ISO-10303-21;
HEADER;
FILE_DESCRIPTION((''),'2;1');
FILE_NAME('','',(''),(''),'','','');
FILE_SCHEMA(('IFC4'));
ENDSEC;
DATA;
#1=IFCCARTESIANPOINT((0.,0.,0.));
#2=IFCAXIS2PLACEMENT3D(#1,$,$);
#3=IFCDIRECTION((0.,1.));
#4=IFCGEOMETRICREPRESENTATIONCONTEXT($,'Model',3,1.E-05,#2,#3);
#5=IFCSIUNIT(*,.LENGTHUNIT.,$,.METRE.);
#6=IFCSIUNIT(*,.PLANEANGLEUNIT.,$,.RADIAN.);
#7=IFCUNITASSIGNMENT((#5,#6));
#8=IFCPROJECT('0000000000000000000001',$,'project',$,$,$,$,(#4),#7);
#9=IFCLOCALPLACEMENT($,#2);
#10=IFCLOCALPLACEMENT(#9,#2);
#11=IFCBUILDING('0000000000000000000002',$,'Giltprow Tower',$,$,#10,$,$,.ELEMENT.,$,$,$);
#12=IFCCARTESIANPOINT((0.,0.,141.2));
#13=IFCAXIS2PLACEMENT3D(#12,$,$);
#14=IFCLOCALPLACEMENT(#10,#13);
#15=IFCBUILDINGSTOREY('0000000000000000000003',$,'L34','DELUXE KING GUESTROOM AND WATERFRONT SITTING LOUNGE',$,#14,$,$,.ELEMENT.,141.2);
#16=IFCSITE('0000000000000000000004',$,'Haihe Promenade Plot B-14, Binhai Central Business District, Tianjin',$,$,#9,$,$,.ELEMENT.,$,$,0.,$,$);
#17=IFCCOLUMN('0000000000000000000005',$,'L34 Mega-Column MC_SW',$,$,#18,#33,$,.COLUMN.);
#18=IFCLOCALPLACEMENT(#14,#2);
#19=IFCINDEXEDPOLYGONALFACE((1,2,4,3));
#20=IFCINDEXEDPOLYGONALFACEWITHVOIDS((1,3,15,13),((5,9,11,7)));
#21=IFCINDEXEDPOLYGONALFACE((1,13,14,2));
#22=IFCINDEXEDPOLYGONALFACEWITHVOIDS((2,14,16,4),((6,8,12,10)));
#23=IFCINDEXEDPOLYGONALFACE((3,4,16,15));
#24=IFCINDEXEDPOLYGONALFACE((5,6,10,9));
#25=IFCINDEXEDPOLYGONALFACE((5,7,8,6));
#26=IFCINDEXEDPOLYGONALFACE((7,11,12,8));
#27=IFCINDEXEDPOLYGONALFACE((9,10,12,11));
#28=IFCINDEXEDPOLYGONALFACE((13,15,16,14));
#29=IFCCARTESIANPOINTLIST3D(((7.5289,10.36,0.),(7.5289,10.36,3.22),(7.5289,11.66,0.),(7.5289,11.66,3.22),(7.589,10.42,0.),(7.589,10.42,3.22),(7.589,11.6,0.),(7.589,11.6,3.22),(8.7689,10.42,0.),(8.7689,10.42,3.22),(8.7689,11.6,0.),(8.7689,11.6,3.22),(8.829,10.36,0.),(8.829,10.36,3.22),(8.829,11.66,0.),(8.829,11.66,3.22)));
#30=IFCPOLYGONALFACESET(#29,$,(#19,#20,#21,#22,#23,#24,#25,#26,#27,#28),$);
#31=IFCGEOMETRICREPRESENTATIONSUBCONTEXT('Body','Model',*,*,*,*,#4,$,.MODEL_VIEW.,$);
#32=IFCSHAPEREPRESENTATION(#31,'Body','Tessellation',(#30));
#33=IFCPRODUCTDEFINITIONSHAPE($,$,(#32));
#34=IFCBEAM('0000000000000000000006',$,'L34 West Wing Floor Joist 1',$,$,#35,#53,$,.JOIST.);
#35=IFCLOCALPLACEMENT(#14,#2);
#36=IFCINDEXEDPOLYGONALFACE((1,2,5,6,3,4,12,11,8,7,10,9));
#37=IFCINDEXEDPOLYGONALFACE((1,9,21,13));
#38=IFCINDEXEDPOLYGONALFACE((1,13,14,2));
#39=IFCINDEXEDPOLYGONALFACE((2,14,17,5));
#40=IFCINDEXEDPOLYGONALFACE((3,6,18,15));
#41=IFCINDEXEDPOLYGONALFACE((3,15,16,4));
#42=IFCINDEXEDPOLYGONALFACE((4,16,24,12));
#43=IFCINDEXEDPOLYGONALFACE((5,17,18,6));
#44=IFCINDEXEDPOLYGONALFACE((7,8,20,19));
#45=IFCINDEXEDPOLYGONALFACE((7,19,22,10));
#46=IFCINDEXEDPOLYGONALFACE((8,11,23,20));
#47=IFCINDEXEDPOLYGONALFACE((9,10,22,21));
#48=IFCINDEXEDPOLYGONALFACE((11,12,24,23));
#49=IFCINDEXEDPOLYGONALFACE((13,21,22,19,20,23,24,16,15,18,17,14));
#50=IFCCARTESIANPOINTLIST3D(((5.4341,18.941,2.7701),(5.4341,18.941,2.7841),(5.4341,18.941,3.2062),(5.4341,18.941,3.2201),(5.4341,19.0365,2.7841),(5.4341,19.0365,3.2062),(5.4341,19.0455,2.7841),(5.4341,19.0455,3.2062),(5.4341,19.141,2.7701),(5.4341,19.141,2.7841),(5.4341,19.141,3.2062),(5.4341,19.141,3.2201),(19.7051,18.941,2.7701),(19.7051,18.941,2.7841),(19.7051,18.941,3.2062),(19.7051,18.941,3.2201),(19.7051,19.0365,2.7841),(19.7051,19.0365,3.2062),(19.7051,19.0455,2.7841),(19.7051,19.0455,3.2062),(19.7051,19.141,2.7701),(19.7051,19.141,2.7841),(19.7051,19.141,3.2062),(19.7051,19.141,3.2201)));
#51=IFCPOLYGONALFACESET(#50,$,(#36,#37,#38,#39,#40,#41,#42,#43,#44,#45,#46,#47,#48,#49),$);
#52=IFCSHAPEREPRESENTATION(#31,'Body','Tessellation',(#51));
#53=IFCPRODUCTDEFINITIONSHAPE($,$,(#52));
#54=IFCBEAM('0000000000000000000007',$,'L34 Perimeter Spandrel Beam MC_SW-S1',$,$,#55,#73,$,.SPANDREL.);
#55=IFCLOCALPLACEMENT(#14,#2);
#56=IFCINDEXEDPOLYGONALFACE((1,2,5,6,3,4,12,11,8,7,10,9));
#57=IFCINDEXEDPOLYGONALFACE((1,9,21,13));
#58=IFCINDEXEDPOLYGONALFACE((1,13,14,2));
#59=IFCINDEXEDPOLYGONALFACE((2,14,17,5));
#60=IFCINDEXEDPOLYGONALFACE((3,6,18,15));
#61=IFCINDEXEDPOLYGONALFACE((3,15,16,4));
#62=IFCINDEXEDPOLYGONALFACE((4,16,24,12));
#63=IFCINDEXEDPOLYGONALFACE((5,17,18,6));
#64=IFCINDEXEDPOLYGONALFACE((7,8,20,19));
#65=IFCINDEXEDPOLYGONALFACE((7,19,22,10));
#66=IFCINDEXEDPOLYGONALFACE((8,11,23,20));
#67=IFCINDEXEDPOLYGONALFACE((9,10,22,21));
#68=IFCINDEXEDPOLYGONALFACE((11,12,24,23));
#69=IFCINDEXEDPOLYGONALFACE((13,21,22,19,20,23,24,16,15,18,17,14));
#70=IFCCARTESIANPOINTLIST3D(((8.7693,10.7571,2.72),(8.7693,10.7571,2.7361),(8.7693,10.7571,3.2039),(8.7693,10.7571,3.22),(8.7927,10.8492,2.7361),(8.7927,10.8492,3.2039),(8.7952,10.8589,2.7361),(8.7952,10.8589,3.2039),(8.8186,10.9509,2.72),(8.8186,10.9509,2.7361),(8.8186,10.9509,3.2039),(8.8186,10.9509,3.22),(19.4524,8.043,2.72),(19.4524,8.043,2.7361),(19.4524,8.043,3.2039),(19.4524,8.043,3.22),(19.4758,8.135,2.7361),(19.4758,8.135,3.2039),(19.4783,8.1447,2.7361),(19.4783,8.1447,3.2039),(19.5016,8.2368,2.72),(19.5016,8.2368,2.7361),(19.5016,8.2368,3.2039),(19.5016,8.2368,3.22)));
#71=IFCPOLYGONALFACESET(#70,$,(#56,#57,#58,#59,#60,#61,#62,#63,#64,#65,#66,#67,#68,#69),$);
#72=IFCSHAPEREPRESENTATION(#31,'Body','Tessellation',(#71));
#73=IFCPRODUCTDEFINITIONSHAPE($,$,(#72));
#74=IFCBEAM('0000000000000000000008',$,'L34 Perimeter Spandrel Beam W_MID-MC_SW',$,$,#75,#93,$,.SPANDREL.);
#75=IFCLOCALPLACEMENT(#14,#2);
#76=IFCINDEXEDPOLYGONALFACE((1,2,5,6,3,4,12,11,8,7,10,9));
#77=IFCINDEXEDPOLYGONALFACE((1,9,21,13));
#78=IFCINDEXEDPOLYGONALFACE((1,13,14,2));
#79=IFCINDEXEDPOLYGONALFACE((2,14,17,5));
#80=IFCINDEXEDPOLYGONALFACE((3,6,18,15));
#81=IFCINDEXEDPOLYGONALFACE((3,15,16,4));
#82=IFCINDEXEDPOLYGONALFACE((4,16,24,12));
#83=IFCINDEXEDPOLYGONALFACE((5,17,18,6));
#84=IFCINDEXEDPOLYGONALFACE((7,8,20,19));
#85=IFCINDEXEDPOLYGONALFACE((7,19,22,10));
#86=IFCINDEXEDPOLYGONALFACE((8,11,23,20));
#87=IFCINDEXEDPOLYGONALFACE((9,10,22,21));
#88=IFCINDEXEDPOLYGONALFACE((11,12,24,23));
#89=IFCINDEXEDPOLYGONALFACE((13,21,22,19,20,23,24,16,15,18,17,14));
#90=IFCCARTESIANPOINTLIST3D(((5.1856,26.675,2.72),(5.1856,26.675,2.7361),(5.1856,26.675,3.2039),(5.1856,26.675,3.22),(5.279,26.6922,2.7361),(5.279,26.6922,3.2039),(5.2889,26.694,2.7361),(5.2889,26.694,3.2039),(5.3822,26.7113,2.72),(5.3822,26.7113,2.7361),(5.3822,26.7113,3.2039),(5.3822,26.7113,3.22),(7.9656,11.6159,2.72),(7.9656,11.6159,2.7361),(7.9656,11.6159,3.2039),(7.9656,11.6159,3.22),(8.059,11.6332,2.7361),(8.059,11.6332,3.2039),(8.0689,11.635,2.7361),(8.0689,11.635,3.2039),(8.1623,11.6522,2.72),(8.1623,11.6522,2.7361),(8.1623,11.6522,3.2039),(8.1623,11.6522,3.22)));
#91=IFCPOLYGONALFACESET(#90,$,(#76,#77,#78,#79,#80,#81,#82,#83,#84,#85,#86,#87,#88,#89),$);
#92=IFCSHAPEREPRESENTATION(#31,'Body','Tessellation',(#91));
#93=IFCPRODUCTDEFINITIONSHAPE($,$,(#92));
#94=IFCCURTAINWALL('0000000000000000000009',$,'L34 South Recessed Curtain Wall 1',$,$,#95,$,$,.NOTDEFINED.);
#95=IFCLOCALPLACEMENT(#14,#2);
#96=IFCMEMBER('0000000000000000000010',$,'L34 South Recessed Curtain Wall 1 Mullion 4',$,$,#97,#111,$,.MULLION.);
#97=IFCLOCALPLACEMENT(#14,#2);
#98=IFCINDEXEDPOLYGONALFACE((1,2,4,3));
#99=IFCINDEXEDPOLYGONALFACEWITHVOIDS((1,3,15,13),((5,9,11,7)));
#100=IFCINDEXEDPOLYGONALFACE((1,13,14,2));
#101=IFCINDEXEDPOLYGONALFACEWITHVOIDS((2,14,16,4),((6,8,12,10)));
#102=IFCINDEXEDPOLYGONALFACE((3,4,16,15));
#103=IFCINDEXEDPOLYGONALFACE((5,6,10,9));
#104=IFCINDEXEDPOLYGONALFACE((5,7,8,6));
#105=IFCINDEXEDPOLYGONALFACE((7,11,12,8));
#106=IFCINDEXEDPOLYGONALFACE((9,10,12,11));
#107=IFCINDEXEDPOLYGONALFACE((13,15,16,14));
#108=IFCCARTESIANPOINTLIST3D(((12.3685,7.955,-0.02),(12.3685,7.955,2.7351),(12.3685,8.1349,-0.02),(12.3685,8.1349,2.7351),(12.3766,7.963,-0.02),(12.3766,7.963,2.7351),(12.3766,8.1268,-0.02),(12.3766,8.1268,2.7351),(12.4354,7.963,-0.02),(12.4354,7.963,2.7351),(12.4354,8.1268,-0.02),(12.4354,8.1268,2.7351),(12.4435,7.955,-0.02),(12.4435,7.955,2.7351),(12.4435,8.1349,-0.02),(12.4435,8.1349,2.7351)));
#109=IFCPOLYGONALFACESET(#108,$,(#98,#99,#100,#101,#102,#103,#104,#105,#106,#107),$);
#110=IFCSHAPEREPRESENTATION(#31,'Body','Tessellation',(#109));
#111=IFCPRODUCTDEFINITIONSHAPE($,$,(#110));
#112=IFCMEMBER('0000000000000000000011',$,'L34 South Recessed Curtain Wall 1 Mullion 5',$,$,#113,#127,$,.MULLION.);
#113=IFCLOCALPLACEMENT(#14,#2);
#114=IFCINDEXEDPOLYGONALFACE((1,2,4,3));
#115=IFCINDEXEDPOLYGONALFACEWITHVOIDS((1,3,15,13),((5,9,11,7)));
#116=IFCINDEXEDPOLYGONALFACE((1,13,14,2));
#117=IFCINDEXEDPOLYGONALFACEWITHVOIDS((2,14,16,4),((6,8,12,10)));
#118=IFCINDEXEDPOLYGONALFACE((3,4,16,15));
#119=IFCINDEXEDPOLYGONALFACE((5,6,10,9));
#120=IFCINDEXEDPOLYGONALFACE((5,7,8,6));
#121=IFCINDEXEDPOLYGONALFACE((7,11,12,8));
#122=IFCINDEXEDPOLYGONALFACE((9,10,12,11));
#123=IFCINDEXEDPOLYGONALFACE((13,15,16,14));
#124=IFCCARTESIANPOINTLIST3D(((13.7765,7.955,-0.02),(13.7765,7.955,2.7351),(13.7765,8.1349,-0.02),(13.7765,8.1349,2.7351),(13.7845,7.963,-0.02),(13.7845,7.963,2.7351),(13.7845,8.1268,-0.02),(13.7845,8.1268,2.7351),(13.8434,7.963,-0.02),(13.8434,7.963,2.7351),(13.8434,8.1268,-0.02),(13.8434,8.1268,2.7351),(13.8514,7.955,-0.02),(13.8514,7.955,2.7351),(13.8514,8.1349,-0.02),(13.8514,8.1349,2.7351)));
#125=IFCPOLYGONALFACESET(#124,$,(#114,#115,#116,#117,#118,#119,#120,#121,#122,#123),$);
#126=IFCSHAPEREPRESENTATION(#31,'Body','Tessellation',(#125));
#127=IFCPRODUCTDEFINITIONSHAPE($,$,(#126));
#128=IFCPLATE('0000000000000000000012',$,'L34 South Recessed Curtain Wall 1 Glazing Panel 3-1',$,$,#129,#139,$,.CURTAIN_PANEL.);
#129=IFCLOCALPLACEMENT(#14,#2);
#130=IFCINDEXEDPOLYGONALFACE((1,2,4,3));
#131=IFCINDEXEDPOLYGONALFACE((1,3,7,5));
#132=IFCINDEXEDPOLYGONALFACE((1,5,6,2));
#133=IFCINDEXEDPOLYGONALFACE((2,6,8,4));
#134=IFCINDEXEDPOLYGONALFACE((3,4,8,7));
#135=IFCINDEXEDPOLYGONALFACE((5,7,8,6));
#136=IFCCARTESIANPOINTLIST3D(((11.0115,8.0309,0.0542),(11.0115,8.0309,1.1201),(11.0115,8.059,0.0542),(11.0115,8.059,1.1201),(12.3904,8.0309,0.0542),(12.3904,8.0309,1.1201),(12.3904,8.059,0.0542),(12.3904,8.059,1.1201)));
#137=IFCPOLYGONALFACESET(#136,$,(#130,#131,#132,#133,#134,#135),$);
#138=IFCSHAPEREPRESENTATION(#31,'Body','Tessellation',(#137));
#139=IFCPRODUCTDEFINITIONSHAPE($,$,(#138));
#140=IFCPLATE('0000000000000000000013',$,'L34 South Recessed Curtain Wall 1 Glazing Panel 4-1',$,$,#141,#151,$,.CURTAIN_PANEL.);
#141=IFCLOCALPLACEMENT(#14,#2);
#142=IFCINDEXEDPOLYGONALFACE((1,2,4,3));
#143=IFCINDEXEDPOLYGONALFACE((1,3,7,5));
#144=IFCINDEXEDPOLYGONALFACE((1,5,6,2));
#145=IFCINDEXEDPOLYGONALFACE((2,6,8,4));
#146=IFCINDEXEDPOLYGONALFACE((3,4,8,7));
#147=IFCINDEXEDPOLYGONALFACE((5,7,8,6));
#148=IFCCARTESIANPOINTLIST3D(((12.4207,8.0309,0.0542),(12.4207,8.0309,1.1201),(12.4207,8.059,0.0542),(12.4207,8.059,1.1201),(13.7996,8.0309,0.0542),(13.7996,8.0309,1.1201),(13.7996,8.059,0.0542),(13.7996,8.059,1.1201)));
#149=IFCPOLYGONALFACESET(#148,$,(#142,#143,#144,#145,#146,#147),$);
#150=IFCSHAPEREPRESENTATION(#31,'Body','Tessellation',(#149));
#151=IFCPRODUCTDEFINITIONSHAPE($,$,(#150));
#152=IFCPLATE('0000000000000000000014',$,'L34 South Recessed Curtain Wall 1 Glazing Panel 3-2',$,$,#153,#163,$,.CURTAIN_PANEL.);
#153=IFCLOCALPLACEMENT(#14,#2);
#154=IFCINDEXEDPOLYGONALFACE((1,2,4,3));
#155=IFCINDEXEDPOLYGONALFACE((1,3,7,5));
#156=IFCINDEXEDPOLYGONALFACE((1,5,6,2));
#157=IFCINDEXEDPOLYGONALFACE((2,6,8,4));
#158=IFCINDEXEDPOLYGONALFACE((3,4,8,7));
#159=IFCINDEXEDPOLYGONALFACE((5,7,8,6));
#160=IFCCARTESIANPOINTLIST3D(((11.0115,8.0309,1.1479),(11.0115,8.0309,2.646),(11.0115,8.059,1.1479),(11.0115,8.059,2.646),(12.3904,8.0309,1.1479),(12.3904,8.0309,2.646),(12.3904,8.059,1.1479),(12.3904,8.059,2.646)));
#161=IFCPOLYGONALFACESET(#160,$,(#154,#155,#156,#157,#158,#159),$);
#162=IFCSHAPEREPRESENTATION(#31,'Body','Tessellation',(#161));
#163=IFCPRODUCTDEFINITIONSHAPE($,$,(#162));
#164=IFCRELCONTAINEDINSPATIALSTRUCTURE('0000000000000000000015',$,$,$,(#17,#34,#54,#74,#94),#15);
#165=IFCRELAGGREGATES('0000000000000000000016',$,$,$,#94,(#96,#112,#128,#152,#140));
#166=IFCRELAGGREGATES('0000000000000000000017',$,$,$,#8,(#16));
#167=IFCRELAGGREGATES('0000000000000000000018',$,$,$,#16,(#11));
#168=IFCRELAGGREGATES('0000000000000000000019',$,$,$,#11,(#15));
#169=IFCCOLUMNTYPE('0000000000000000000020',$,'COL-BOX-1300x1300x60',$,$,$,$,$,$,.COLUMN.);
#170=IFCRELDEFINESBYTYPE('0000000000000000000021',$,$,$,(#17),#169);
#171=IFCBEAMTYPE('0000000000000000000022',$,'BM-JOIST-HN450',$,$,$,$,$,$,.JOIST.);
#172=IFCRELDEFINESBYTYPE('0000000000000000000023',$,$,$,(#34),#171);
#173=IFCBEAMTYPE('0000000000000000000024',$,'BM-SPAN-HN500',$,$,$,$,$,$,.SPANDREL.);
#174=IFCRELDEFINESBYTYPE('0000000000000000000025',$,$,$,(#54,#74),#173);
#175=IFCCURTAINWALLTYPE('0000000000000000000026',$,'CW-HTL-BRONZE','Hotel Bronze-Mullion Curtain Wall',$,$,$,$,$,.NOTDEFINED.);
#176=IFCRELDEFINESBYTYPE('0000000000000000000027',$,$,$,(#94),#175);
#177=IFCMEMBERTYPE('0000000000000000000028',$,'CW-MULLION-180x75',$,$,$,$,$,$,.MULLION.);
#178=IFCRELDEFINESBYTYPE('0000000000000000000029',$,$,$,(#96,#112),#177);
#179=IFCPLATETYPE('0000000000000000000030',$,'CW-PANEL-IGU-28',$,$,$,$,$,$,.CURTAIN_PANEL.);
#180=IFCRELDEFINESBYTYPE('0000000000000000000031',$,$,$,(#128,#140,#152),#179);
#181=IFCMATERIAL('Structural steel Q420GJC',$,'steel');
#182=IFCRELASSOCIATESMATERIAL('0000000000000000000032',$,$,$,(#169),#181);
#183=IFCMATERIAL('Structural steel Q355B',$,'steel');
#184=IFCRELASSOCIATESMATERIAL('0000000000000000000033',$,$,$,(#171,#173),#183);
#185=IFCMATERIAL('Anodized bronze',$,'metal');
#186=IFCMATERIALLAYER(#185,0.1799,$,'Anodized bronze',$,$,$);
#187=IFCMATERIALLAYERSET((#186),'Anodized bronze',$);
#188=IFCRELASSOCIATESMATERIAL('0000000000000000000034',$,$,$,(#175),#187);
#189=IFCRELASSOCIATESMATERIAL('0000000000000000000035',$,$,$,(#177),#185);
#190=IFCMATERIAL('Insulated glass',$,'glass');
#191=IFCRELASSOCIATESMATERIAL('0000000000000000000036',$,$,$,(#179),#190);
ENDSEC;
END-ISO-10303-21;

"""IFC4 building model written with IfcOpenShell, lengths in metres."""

from ifc_helpers import new_model, si_unit, direction, frame, origin, origin_2d, place, context, subcontext, project, spatial, rectangle, hollow_rectangle, i_section, extrude, source, transform, mapped, material, layer, layer_set, material_profile, profile_set, type_object, element, aggregate, save


model = new_model("IFC4")

# Units and contexts
model_context = context("Model", 3, precision=1e-05, world=origin(), true_north=direction((0.0, 1.0)))
body_context = subcontext(model_context, "Body", "Model", "MODEL_VIEW")
ifc_project = project(units=[si_unit("LENGTHUNIT", "METRE"), si_unit("PLANEANGLEUNIT", "RADIAN")], contexts=[model_context])

# Site, building, storey
site_placement = place(None, origin())
site = spatial("IfcSite", under=ifc_project, at=site_placement, Name="Haihe Promenade Plot B-14, Binhai Central Business District, Tianjin", CompositionType="ELEMENT", RefElevation=0.0)
building_placement = place(site_placement, origin())
building = spatial("IfcBuilding", under=site, at=building_placement, Name="Giltprow Tower", CompositionType="ELEMENT")
storey_placement = place(building_placement, frame((0.0, 0.0, 141.2)))
storey = spatial("IfcBuildingStorey", under=building, at=storey_placement, Name="L34", Description="DELUXE KING GUESTROOM AND WATERFRONT SITTING LOUNGE", CompositionType="ELEMENT", Elevation=141.2)

# Column
ifc_material_1 = material(Name="Structural steel Q420GJC", Category="steel")
ifc_material_profile_1 = material_profile(ifc_material_1, hollow_rectangle(XDim=1.3, YDim=1.3, WallThickness=0.0601, at=origin_2d()), Name="BOX 1300x1300x60")
ifc_profile_set_1 = profile_set([ifc_material_profile_1], Name="Structural steel Q420GJC")
column_type = type_object("IfcColumnType", Name="COL-BOX-1300x1300x60", PredefinedType="COLUMN", material=ifc_profile_set_1)
shared_shape_1 = source(origin(), body_context, "Body", "SweptSolid", [
    extrude(hollow_rectangle(XDim=1.3, YDim=1.3, WallThickness=0.0601, at=origin_2d()), origin(), (0.0, 0.0, 1.0), 3.22),
])
column_placement = place(storey_placement, frame((8.179, 11.01, 0.0), z_axis=(0.0, 0.0, 1.0), x_axis=(1.0, 0.0, 0.0)))
element("IfcColumn", 1, at=column_placement, inside=storey, type_object=column_type, Name="L34 Mega-Column MC_SW", PredefinedType="COLUMN", context=body_context, shape_type="MappedRepresentation", body=[
    mapped(shared_shape_1, transform((0.0, 0.0, 0.0), x_axis=(1.0, 0.0, 0.0), y_axis=(0.0, 1.0, 0.0), z_axis=(0.0, 0.0, 1.0), scale=1.0)),
])

# Beams
ifc_material_2 = material(Name="Structural steel Q355B", Category="steel")
ifc_material_profile_2 = material_profile(ifc_material_2, i_section(OverallWidth=0.2, OverallDepth=0.45, WebThickness=0.009, FlangeThickness=0.0139, at=origin_2d()), Name="HN 450x200x9x14")
ifc_profile_set_2 = profile_set([ifc_material_profile_2], Name="Structural steel Q355B")
beam_type_1 = type_object("IfcBeamType", Name="BM-JOIST-HN450", PredefinedType="JOIST", material=ifc_profile_set_2)
shared_shape_2 = source(origin(), body_context, "Body", "SweptSolid", [
    extrude(i_section(OverallWidth=0.2, OverallDepth=0.45, WebThickness=0.009, FlangeThickness=0.0139, at=origin_2d()), origin(), (0.0, 0.0, 1.0), 14.271),
])
beam_1_placement = place(storey_placement, frame((5.4341, 19.041, 2.9951), z_axis=(1.0, 0.0, 0.0), x_axis=(0.0, 1.0, 0.0)))
element("IfcBeam", 2, at=beam_1_placement, inside=storey, type_object=beam_type_1, Name="L34 West Wing Floor Joist 1", PredefinedType="JOIST", context=body_context, shape_type="MappedRepresentation", body=[
    mapped(shared_shape_2, transform((0.0, 0.0, 0.0), x_axis=(1.0, 0.0, 0.0), y_axis=(0.0, 1.0, 0.0), z_axis=(0.0, 0.0, 1.0), scale=1.0)),
])
ifc_material_profile_3 = material_profile(ifc_material_2, i_section(OverallWidth=0.2, OverallDepth=0.5, WebThickness=0.01, FlangeThickness=0.0161, at=origin_2d()), Name="HN 500x200x10x16")
ifc_profile_set_3 = profile_set([ifc_material_profile_3], Name="Structural steel Q355B")
beam_type_2 = type_object("IfcBeamType", Name="BM-SPAN-HN500", PredefinedType="SPANDREL", material=ifc_profile_set_3)
shared_shape_3 = source(origin(), body_context, "Body", "SweptSolid", [
    extrude(i_section(OverallWidth=0.2, OverallDepth=0.5, WebThickness=0.01, FlangeThickness=0.0161, at=origin_2d()), origin(), (0.0, 0.0, 1.0), 11.0225),
])
beam_2_placement = place(storey_placement, frame((8.7939, 10.854, 2.97), z_axis=(0.96921, -0.246234, 0.0), x_axis=(0.246234, 0.96921, 0.0)))
element("IfcBeam", 3, at=beam_2_placement, inside=storey, type_object=beam_type_2, Name="L34 Perimeter Spandrel Beam MC_SW-S1", PredefinedType="SPANDREL", context=body_context, shape_type="MappedRepresentation", body=[
    mapped(shared_shape_3, transform((0.0, 0.0, 0.0), x_axis=(1.0, 0.0, 0.0), y_axis=(0.0, 1.0, 0.0), z_axis=(0.0, 0.0, 1.0), scale=1.0)),
])
shared_shape_4 = source(origin(), body_context, "Body", "SweptSolid", [
    extrude(i_section(OverallWidth=0.2, OverallDepth=0.5, WebThickness=0.01, FlangeThickness=0.0161, at=origin_2d()), origin(), (0.0, 0.0, 1.0), 15.3135),
])
beam_3_placement = place(storey_placement, frame((5.2839, 26.6931, 2.97), z_axis=(0.181541, -0.983383, 0.0), x_axis=(0.983383, 0.181541, 0.0)))
element("IfcBeam", 4, at=beam_3_placement, inside=storey, type_object=beam_type_2, Name="L34 Perimeter Spandrel Beam W_MID-MC_SW", PredefinedType="SPANDREL", context=body_context, shape_type="MappedRepresentation", body=[
    mapped(shared_shape_4, transform((0.0, 0.0, 0.0), x_axis=(1.0, 0.0, 0.0), y_axis=(0.0, 1.0, 0.0), z_axis=(0.0, 0.0, 1.0), scale=1.0)),
])

# Curtain wall, members, plates
ifc_material_3 = material(Name="Anodized bronze", Category="metal")
ifc_layer_1 = layer(ifc_material_3, 0.1799, Name="Anodized bronze")
ifc_layer_set_1 = layer_set([ifc_layer_1], Name="Anodized bronze")
curtain_wall_type = type_object("IfcCurtainWallType", Name="CW-HTL-BRONZE", Description="Hotel Bronze-Mullion Curtain Wall", PredefinedType="NOTDEFINED", material=ifc_layer_set_1)
curtain_wall_placement = place(storey_placement, origin())
curtain_wall = element("IfcCurtainWall", 5, at=curtain_wall_placement, inside=storey, type_object=curtain_wall_type, Name="L34 South Recessed Curtain Wall 1", PredefinedType="NOTDEFINED")
ifc_material_profile_4 = material_profile(ifc_material_3, hollow_rectangle(XDim=0.075, YDim=0.1799, WallThickness=0.0081, at=origin_2d()), Name="RHS 180x75x8")
ifc_profile_set_4 = profile_set([ifc_material_profile_4], Name="Anodized bronze")
member_type = type_object("IfcMemberType", Name="CW-MULLION-180x75", PredefinedType="MULLION", material=ifc_profile_set_4)
shared_shape_5 = source(origin(), body_context, "Body", "SweptSolid", [
    extrude(hollow_rectangle(XDim=0.075, YDim=0.1799, WallThickness=0.0081, at=origin_2d()), origin(), (0.0, 0.0, 1.0), 2.7551),
])
member_1_placement = place(storey_placement, frame((12.406, 8.0449, -0.02), z_axis=(0.0, 0.0, 1.0), x_axis=(1.0, 0.0, 0.0)))
member_1 = element("IfcMember", 6, at=member_1_placement, type_object=member_type, Name="L34 South Recessed Curtain Wall 1 Mullion 4", PredefinedType="MULLION", context=body_context, shape_type="MappedRepresentation", body=[
    mapped(shared_shape_5, transform((0.0, 0.0, 0.0), x_axis=(1.0, 0.0, 0.0), y_axis=(0.0, 1.0, 0.0), z_axis=(0.0, 0.0, 1.0), scale=1.0)),
])
member_2_placement = place(storey_placement, frame((13.814, 8.0449, -0.02), z_axis=(0.0, 0.0, 1.0), x_axis=(1.0, 0.0, 0.0)))
member_2 = element("IfcMember", 7, at=member_2_placement, type_object=member_type, Name="L34 South Recessed Curtain Wall 1 Mullion 5", PredefinedType="MULLION", context=body_context, shape_type="MappedRepresentation", body=[
    mapped(shared_shape_5, transform((0.0, 0.0, 0.0), x_axis=(1.0, 0.0, 0.0), y_axis=(0.0, 1.0, 0.0), z_axis=(0.0, 0.0, 1.0), scale=1.0)),
])
ifc_material_4 = material(Name="Insulated glass", Category="glass")
plate_type = type_object("IfcPlateType", Name="CW-PANEL-IGU-28", PredefinedType="CURTAIN_PANEL", material=ifc_material_4)
shared_shape_6 = source(origin(), body_context, "Body", "SweptSolid", [
    extrude(rectangle(XDim=1.3789, YDim=0.0281, at=origin_2d()), origin(), (0.0, 0.0, 1.0), 1.0659),
])
plate_1_placement = place(storey_placement, frame((11.7009, 8.0449, 0.0542), z_axis=(0.0, 0.0, 1.0), x_axis=(1.0, 0.0, 0.0)))
plate_1 = element("IfcPlate", 8, at=plate_1_placement, type_object=plate_type, Name="L34 South Recessed Curtain Wall 1 Glazing Panel 3-1", PredefinedType="CURTAIN_PANEL", context=body_context, shape_type="MappedRepresentation", body=[
    mapped(shared_shape_6, transform((0.0, 0.0, 0.0), x_axis=(1.0, 0.0, 0.0), y_axis=(0.0, 1.0, 0.0), z_axis=(0.0, 0.0, 1.0), scale=1.0)),
])
plate_2_placement = place(storey_placement, frame((13.1101, 8.0449, 0.0542), z_axis=(0.0, 0.0, 1.0), x_axis=(1.0, 0.0, 0.0)))
plate_2 = element("IfcPlate", 9, at=plate_2_placement, type_object=plate_type, Name="L34 South Recessed Curtain Wall 1 Glazing Panel 4-1", PredefinedType="CURTAIN_PANEL", context=body_context, shape_type="MappedRepresentation", body=[
    mapped(shared_shape_6, transform((0.0, 0.0, 0.0), x_axis=(1.0, 0.0, 0.0), y_axis=(0.0, 1.0, 0.0), z_axis=(0.0, 0.0, 1.0), scale=1.0)),
])
shared_shape_7 = source(origin(), body_context, "Body", "SweptSolid", [
    extrude(rectangle(XDim=1.3789, YDim=0.0281, at=origin_2d()), origin(), (0.0, 0.0, 1.0), 1.498),
])
plate_3_placement = place(storey_placement, frame((11.7009, 8.0449, 1.1479), z_axis=(0.0, 0.0, 1.0), x_axis=(1.0, 0.0, 0.0)))
plate_3 = element("IfcPlate", 10, at=plate_3_placement, type_object=plate_type, Name="L34 South Recessed Curtain Wall 1 Glazing Panel 3-2", PredefinedType="CURTAIN_PANEL", context=body_context, shape_type="MappedRepresentation", body=[
    mapped(shared_shape_7, transform((0.0, 0.0, 0.0), x_axis=(1.0, 0.0, 0.0), y_axis=(0.0, 1.0, 0.0), z_axis=(0.0, 0.0, 1.0), scale=1.0)),
])
aggregate(curtain_wall, [member_1, member_2, plate_1, plate_3, plate_2])

save(model, "model.ifc")
